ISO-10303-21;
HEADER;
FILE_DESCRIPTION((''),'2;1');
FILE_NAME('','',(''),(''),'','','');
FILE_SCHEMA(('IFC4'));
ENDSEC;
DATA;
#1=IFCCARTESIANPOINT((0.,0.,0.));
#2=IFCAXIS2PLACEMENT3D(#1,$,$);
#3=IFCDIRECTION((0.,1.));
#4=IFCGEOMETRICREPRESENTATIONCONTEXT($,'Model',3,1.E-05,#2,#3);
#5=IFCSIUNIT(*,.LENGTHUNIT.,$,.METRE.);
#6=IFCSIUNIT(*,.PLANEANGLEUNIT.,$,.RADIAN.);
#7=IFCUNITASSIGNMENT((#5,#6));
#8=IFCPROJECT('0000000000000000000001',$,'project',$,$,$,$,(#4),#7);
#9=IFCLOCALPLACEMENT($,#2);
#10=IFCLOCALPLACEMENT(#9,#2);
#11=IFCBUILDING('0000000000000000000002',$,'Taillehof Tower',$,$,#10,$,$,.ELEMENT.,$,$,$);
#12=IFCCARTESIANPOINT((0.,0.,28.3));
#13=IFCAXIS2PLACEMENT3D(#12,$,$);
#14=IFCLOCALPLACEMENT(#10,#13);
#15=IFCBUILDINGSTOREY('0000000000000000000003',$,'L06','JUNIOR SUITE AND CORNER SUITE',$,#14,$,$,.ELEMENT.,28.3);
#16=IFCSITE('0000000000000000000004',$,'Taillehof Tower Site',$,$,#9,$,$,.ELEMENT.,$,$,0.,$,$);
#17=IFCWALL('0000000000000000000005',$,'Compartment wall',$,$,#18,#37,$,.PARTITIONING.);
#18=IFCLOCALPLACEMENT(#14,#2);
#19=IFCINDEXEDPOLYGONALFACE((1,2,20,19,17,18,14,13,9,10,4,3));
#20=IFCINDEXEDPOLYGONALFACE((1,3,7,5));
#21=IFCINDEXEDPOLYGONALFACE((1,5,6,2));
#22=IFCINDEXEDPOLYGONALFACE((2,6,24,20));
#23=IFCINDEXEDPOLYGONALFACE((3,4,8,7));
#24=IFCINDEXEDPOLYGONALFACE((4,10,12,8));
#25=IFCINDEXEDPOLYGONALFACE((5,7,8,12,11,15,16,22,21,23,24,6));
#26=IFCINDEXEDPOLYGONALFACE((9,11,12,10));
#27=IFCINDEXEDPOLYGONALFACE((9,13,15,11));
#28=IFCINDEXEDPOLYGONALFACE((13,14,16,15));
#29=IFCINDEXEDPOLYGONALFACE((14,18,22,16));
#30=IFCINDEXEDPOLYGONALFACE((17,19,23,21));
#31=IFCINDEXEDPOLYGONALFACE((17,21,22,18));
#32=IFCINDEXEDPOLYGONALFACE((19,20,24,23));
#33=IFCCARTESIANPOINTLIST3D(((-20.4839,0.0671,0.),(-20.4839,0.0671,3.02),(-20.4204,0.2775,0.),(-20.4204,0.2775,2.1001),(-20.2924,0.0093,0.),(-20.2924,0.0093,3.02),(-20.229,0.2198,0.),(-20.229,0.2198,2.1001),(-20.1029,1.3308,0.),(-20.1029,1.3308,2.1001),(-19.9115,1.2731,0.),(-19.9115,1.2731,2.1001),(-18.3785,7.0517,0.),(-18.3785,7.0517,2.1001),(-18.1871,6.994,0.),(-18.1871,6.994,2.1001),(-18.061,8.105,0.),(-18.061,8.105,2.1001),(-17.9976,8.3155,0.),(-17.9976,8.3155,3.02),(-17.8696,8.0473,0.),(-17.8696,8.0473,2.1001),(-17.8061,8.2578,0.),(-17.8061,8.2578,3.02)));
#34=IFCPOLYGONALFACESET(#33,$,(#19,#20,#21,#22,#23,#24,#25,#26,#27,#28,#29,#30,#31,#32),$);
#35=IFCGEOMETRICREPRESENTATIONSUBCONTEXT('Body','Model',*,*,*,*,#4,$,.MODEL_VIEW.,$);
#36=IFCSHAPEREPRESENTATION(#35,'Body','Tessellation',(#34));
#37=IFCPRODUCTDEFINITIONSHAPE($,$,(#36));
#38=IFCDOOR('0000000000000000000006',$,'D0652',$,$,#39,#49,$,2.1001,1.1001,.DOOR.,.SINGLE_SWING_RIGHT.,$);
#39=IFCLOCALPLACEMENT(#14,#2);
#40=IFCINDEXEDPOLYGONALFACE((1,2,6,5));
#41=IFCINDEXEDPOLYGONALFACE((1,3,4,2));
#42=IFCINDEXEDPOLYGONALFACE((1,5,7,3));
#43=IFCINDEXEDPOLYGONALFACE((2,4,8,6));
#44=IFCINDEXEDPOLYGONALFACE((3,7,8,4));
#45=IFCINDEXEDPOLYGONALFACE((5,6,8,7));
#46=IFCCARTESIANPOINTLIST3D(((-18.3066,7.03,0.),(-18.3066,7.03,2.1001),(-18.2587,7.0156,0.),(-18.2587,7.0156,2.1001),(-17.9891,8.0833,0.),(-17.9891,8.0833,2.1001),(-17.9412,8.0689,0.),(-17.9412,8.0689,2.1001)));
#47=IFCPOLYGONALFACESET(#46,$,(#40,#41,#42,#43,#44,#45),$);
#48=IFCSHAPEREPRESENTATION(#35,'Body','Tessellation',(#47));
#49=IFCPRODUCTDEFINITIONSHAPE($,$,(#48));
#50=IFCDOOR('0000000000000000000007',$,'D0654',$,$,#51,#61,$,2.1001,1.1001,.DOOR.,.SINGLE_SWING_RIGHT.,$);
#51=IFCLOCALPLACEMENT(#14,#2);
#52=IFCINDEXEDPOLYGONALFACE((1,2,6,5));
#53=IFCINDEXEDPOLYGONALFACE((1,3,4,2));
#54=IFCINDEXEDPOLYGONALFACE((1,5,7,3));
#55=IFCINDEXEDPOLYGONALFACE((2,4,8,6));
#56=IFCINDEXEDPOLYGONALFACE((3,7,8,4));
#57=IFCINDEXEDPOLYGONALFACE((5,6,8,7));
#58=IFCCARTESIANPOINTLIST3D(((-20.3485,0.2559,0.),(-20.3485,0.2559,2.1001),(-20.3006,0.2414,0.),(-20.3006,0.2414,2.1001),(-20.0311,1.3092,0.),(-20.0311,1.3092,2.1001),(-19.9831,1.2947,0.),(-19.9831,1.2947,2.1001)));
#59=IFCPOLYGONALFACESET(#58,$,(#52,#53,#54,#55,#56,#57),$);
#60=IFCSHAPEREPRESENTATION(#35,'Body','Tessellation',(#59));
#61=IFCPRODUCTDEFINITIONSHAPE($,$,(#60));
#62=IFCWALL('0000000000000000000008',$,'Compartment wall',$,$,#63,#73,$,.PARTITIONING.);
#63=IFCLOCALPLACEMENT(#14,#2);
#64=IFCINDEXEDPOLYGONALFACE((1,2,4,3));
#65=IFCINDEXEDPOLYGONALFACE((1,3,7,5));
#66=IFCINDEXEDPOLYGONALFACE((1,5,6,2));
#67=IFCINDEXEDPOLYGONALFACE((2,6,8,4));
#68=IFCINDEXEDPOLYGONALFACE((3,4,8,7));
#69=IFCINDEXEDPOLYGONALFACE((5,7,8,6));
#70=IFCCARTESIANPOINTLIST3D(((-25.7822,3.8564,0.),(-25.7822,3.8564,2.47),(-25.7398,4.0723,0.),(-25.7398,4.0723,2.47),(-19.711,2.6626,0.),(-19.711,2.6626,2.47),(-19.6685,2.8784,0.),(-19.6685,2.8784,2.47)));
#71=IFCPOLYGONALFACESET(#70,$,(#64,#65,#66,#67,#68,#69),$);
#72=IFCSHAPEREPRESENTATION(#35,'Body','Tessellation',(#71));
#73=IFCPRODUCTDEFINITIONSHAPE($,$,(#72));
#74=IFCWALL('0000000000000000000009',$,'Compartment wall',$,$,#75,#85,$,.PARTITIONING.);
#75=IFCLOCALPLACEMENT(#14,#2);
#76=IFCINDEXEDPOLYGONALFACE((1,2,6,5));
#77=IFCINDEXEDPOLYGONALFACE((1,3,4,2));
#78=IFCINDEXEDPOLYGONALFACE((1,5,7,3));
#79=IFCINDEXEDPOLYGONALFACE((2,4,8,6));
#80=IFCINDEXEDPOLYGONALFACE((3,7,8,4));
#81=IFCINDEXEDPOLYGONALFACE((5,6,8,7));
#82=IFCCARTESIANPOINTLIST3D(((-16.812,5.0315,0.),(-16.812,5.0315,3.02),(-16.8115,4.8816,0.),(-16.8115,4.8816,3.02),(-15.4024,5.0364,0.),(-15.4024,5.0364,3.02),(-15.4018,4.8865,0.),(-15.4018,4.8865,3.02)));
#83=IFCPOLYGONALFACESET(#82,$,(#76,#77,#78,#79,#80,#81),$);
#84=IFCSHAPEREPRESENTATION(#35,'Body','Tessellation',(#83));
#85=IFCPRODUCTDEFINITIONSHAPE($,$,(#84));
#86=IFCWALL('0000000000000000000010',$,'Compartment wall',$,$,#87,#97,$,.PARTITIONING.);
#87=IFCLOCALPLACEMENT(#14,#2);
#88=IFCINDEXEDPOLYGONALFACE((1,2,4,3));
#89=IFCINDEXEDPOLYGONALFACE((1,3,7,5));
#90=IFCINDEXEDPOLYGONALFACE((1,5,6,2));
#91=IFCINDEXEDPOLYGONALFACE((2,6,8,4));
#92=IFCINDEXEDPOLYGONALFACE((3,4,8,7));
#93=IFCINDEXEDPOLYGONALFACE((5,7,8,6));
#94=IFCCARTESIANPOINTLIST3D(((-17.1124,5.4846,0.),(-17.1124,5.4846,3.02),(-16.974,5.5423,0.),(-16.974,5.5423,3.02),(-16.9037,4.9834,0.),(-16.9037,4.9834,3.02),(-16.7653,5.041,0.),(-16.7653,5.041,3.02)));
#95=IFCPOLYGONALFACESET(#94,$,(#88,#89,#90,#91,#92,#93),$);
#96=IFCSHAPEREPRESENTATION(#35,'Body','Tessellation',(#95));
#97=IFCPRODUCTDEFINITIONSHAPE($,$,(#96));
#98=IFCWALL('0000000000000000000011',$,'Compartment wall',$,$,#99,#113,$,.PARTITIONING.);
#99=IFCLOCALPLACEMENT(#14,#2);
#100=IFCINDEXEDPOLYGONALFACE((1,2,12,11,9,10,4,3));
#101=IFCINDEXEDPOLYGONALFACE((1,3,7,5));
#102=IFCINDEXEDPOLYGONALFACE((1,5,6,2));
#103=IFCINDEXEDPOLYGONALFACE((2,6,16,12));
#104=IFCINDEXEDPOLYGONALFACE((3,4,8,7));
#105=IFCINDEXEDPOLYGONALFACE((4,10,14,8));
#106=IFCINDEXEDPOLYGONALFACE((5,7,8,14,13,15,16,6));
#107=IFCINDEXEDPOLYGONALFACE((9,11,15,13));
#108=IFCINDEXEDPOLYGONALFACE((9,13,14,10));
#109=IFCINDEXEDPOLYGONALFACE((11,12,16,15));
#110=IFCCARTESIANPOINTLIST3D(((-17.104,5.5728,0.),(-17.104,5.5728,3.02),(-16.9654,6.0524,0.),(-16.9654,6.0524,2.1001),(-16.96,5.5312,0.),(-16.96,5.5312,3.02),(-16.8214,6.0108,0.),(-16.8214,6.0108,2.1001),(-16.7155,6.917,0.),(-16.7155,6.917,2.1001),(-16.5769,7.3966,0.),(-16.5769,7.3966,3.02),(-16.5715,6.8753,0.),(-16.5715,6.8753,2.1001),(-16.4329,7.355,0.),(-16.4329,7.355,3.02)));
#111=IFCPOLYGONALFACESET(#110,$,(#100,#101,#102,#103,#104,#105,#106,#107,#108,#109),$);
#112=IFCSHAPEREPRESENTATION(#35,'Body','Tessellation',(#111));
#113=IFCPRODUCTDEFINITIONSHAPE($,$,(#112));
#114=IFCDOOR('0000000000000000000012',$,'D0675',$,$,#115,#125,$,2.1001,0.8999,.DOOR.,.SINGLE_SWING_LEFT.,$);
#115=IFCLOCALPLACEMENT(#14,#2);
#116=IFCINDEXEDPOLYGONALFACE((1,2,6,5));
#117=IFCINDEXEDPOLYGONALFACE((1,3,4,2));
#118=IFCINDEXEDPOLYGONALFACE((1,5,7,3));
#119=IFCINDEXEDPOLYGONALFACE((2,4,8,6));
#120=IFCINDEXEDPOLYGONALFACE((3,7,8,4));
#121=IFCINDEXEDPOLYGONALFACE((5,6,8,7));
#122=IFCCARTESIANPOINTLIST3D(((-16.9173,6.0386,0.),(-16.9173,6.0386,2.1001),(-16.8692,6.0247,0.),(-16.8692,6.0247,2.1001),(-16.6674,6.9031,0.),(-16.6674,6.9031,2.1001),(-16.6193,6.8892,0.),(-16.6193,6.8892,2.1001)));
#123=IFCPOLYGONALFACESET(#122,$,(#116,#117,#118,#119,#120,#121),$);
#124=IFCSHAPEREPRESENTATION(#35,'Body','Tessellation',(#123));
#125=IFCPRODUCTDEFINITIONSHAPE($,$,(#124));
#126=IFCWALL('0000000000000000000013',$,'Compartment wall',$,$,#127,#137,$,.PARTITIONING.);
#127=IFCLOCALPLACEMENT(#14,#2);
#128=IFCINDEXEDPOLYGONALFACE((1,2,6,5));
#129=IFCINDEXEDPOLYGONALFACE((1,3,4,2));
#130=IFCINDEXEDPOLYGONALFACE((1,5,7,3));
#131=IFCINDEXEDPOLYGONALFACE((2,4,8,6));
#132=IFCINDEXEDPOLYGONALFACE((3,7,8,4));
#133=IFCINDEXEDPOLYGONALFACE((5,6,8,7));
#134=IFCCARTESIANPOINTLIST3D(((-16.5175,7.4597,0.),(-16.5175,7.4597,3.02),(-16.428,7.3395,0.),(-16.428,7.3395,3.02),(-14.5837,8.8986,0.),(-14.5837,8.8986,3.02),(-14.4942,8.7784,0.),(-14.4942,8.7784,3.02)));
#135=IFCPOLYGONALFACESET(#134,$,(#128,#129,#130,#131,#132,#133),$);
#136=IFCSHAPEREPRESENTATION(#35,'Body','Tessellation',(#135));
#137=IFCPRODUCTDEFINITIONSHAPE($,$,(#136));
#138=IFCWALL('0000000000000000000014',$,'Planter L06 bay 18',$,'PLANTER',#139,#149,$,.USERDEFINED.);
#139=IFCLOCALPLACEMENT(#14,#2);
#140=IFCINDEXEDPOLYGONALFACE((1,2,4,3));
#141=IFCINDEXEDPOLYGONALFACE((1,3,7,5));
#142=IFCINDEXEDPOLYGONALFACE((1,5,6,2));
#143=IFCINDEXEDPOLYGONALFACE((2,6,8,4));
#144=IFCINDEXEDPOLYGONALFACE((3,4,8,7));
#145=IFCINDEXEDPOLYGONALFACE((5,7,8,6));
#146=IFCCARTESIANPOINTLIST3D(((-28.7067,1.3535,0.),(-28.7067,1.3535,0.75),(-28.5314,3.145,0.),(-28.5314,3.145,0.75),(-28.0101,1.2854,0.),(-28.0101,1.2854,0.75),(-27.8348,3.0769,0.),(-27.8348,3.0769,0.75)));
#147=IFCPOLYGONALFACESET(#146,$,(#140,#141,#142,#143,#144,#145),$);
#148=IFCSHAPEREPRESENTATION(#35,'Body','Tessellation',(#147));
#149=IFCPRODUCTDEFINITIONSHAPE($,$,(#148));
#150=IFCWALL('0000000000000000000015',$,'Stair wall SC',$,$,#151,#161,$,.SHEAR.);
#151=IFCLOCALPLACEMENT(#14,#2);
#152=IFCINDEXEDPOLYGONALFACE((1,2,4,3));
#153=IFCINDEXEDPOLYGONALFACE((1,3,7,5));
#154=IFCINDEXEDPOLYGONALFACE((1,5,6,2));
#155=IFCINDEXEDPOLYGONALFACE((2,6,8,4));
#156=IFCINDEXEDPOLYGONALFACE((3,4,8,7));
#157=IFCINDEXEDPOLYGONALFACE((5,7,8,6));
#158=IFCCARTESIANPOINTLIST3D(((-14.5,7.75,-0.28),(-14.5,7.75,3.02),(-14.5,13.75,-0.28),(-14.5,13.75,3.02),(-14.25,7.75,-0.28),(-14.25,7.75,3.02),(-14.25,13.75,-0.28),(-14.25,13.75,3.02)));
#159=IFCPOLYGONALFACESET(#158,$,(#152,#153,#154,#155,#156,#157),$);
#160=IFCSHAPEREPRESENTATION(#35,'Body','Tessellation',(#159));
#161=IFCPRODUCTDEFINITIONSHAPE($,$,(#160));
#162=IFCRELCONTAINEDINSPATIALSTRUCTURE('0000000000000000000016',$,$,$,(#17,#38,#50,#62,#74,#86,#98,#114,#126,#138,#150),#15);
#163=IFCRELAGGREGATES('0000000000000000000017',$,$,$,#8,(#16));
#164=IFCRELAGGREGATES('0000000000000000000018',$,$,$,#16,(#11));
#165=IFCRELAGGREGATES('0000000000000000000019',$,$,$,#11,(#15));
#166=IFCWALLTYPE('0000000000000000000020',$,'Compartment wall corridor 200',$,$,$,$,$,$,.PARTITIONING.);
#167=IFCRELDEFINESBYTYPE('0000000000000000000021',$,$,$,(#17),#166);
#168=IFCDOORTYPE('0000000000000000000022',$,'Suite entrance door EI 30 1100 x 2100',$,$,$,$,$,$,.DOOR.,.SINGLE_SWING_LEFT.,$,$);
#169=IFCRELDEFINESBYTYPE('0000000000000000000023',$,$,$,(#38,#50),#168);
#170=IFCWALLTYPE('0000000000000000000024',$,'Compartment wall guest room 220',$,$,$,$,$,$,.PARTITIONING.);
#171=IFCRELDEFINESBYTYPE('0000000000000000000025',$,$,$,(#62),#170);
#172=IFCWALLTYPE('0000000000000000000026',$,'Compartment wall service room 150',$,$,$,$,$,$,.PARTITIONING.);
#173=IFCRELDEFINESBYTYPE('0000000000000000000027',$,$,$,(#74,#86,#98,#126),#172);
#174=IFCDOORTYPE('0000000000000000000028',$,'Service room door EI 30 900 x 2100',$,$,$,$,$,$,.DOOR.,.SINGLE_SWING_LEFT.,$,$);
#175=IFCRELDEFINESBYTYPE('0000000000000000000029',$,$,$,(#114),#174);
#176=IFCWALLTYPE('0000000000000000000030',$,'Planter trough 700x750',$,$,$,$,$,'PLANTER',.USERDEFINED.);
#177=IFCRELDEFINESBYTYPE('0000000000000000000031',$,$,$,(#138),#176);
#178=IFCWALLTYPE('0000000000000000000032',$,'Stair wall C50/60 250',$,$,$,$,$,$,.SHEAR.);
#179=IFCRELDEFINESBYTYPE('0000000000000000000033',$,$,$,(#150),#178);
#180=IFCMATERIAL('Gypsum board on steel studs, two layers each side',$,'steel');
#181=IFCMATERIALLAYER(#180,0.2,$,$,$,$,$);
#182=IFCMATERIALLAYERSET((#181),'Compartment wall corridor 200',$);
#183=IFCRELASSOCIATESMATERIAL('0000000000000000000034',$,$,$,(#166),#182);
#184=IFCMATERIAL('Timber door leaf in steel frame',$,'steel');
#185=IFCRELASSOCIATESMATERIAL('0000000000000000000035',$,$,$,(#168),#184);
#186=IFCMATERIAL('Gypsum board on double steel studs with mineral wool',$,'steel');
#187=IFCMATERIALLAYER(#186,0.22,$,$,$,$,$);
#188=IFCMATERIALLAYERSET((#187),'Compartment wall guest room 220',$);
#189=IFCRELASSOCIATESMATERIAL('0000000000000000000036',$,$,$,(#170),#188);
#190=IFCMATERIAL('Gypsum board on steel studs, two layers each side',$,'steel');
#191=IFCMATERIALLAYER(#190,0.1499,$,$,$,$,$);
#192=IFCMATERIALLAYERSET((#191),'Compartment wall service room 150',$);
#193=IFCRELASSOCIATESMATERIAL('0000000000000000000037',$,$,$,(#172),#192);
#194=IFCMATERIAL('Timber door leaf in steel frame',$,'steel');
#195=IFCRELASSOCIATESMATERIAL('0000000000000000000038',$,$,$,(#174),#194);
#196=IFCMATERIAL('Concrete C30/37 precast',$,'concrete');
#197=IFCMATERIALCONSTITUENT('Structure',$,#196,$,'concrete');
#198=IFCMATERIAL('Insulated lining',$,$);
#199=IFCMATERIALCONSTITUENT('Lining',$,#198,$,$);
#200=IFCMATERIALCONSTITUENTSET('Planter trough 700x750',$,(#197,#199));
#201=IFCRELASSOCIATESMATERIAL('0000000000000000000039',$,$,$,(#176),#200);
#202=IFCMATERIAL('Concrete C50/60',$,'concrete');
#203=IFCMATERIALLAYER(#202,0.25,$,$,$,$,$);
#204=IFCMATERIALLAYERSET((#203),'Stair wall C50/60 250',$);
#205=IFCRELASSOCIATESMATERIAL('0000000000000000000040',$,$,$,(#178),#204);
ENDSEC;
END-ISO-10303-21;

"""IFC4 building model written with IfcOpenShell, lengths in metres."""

from ifc_helpers import new_model, si_unit, direction, frame, frame_2d, origin, place, context, subcontext, project, spatial, rectangle, extrude, material, layer, layer_set, constituent, constituent_set, type_object, element, fill, save


model = new_model("IFC4")

# Units and contexts
model_context = context("Model", 3, precision=1e-05, world=origin(), true_north=direction((0.0, 1.0)))
body_context = subcontext(model_context, "Body", "Model", "MODEL_VIEW")
ifc_project = project(units=[si_unit("LENGTHUNIT", "METRE"), si_unit("PLANEANGLEUNIT", "RADIAN")], contexts=[model_context])

# Site, building, storey
site_placement = place(None, origin())
site = spatial("IfcSite", under=ifc_project, at=site_placement, Name="Taillehof Tower Site", CompositionType="ELEMENT", RefElevation=0.0)
building_placement = place(site_placement, origin())
building = spatial("IfcBuilding", under=site, at=building_placement, Name="Taillehof Tower", CompositionType="ELEMENT")
storey_placement = place(building_placement, frame((0.0, 0.0, 28.3)))
storey = spatial("IfcBuildingStorey", under=building, at=storey_placement, Name="L06", Description="JUNIOR SUITE AND CORNER SUITE", CompositionType="ELEMENT", Elevation=28.3)

# Shared definitions
ifc_material_1 = material(Name="Gypsum board on steel studs, two layers each side", Category="steel")
ifc_layer_1 = layer(ifc_material_1, 0.2)
ifc_layer_set_1 = layer_set([ifc_layer_1], Name="Compartment wall corridor 200")
wall_type_1 = type_object("IfcWallType", Name="Compartment wall corridor 200", PredefinedType="PARTITIONING", material=ifc_layer_set_1)

# Wall, openings, doors
wall_1_placement = place(storey_placement, frame((-20.3882, 0.0381, 0.0), z_axis=(0.0, 0.0, 1.0), x_axis=(0.288601, 0.95745, 0.0)))
wall_1 = element("IfcWall", 1, at=wall_1_placement, inside=storey, type_object=wall_type_1, Name="Compartment wall", PredefinedType="PARTITIONING", context=body_context, shape_type="SweptSolid", body=[
    extrude(rectangle(XDim=8.615, YDim=0.2, at=frame_2d((4.3076, 0.0))), origin(), (0.0, 0.0, 1.0), 3.02),
])
opening_1_placement = place(wall_1_placement, frame((7.2952, 0.0, 0.0)))
opening_1 = element("IfcOpeningElement", 2, at=opening_1_placement, cuts=wall_1, PredefinedType="OPENING", context=body_context, shape_type="SweptSolid", body=[
    extrude(rectangle(XDim=1.1001, YDim=2.1001, at=frame_2d((0.55, 1.05))), frame((0.0, 0.1099, 0.0), z_axis=(0.0, -1.0, 0.0), x_axis=(1.0, 0.0, 0.0)), (0.0, 0.0, 1.0), 0.22),
])
opening_2_placement = place(wall_1_placement, frame((0.22, 0.0, 0.0)))
opening_2 = element("IfcOpeningElement", 3, at=opening_2_placement, cuts=wall_1, PredefinedType="OPENING", context=body_context, shape_type="SweptSolid", body=[
    extrude(rectangle(XDim=1.1001, YDim=2.1001, at=frame_2d((0.55, 1.05))), frame((0.0, 0.1099, 0.0), z_axis=(0.0, -1.0, 0.0), x_axis=(1.0, 0.0, 0.0)), (0.0, 0.0, 1.0), 0.22),
])
ifc_material_2 = material(Name="Timber door leaf in steel frame", Category="steel")
door_type_1 = type_object("IfcDoorType", Name="Suite entrance door EI 30 1100 x 2100", OperationType="SINGLE_SWING_LEFT", PredefinedType="DOOR", material=ifc_material_2)
door_1_placement = place(opening_1_placement, origin())
door_1 = element("IfcDoor", 4, at=door_1_placement, inside=storey, type_object=door_type_1, Name="D0652", OperationType="SINGLE_SWING_RIGHT", OverallHeight=2.1001, OverallWidth=1.1001, PredefinedType="DOOR", context=body_context, shape_type="SweptSolid", body=[
    extrude(rectangle(XDim=1.1001, YDim=2.1001, at=frame_2d((0.55, 1.05))), frame((0.0, 0.0249, 0.0), z_axis=(0.0, -1.0, 0.0), x_axis=(1.0, 0.0, 0.0)), (0.0, 0.0, 1.0), 0.05),
])
fill(opening_1, door_1)
door_2_placement = place(opening_2_placement, origin())
door_2 = element("IfcDoor", 5, at=door_2_placement, inside=storey, type_object=door_type_1, Name="D0654", OperationType="SINGLE_SWING_RIGHT", OverallHeight=2.1001, OverallWidth=1.1001, PredefinedType="DOOR", context=body_context, shape_type="SweptSolid", body=[
    extrude(rectangle(XDim=1.1001, YDim=2.1001, at=frame_2d((0.55, 1.05))), frame((0.0, 0.0249, 0.0), z_axis=(0.0, -1.0, 0.0), x_axis=(1.0, 0.0, 0.0)), (0.0, 0.0, 1.0), 0.05),
])
fill(opening_2, door_2)

# Walls
ifc_material_3 = material(Name="Gypsum board on double steel studs with mineral wool", Category="steel")
ifc_layer_2 = layer(ifc_material_3, 0.22)
ifc_layer_set_2 = layer_set([ifc_layer_2], Name="Compartment wall guest room 220")
wall_type_2 = type_object("IfcWallType", Name="Compartment wall guest room 220", PredefinedType="PARTITIONING", material=ifc_layer_set_2)
wall_2_placement = place(storey_placement, frame((-25.761, 3.9644, 0.0), z_axis=(0.0, 0.0, 1.0), x_axis=(0.98121, -0.192943, 0.0)))
element("IfcWall", 6, at=wall_2_placement, inside=storey, type_object=wall_type_2, Name="Compartment wall", PredefinedType="PARTITIONING", context=body_context, shape_type="SweptSolid", body=[
    extrude(rectangle(XDim=6.1875, YDim=0.22, at=frame_2d((3.0938, 0.0))), origin(), (0.0, 0.0, 1.0), 2.47),
])
ifc_material_4 = material(Name="Gypsum board on steel studs, two layers each side", Category="steel")
ifc_layer_3 = layer(ifc_material_4, 0.1499)
ifc_layer_set_3 = layer_set([ifc_layer_3], Name="Compartment wall service room 150")
wall_type_3 = type_object("IfcWallType", Name="Compartment wall service room 150", PredefinedType="PARTITIONING", material=ifc_layer_set_3)
wall_3_placement = place(storey_placement, frame((-15.4021, 4.9614, 0.0), z_axis=(0.0, 0.0, 1.0), x_axis=(-0.999994, -0.003464, 0.0)))
element("IfcWall", 7, at=wall_3_placement, inside=storey, type_object=wall_type_3, Name="Compartment wall", PredefinedType="PARTITIONING", context=body_context, shape_type="SweptSolid", body=[
    extrude(rectangle(XDim=1.4097, YDim=0.1499, at=frame_2d((0.7048, 0.0))), origin(), (0.0, 0.0, 1.0), 3.02),
])
wall_4_placement = place(storey_placement, frame((-16.8345, 5.0122, 0.0), z_axis=(0.0, 0.0, 1.0), x_axis=(-0.384456, 0.923143, 0.0)))
element("IfcWall", 8, at=wall_4_placement, inside=storey, type_object=wall_type_3, Name="Compartment wall", PredefinedType="PARTITIONING", context=body_context, shape_type="SweptSolid", body=[
    extrude(rectangle(XDim=0.543, YDim=0.1499, at=frame_2d((0.2715, 0.0))), origin(), (0.0, 0.0, 1.0), 3.02),
])

# Wall, opening, door
wall_5_placement = place(storey_placement, frame((-17.032, 5.552, 0.0), z_axis=(0.0, 0.0, 1.0), x_axis=(0.277658, 0.96068, 0.0)))
wall_5 = element("IfcWall", 9, at=wall_5_placement, inside=storey, type_object=wall_type_3, Name="Compartment wall", PredefinedType="PARTITIONING", context=body_context, shape_type="SweptSolid", body=[
    extrude(rectangle(XDim=1.8984, YDim=0.1499, at=frame_2d((0.9492, 0.0))), origin(), (0.0, 0.0, 1.0), 3.02),
])
opening_3_placement = place(wall_5_placement, frame((0.4993, 0.0, 0.0)))
opening_3 = element("IfcOpeningElement", 10, at=opening_3_placement, cuts=wall_5, PredefinedType="OPENING", context=body_context, shape_type="SweptSolid", body=[
    extrude(rectangle(XDim=0.8999, YDim=2.1001, at=frame_2d((0.45, 1.05))), frame((0.0, 0.085, 0.0), z_axis=(0.0, -1.0, 0.0), x_axis=(1.0, 0.0, 0.0)), (0.0, 0.0, 1.0), 0.1699),
])
ifc_material_5 = material(Name="Timber door leaf in steel frame", Category="steel")
door_type_2 = type_object("IfcDoorType", Name="Service room door EI 30 900 x 2100", OperationType="SINGLE_SWING_LEFT", PredefinedType="DOOR", material=ifc_material_5)
door_3_placement = place(opening_3_placement, origin())
door_3 = element("IfcDoor", 11, at=door_3_placement, inside=storey, type_object=door_type_2, Name="D0675", OperationType="SINGLE_SWING_LEFT", OverallHeight=2.1001, OverallWidth=0.8999, PredefinedType="DOOR", context=body_context, shape_type="SweptSolid", body=[
    extrude(rectangle(XDim=0.8999, YDim=2.1001, at=frame_2d((0.45, 1.05))), frame((0.0, 0.0249, 0.0), z_axis=(0.0, -1.0, 0.0), x_axis=(1.0, 0.0, 0.0)), (0.0, 0.0, 1.0), 0.05),
])
fill(opening_3, door_3)

# Walls
wall_6_placement = place(storey_placement, frame((-16.4727, 7.3997, 0.0), z_axis=(0.0, 0.0, 1.0), x_axis=(0.802267, 0.596965, 0.0)))
element("IfcWall", 12, at=wall_6_placement, inside=storey, type_object=wall_type_3, Name="Compartment wall", PredefinedType="PARTITIONING", context=body_context, shape_type="SweptSolid", body=[
    extrude(rectangle(XDim=2.4104, YDim=0.1499, at=frame_2d((1.2051, 0.0))), origin(), (0.0, 0.0, 1.0), 3.02),
])
ifc_material_6 = material(Name="Concrete C30/37 precast", Category="concrete")
ifc_constituent_1 = constituent(ifc_material_6, Name="Structure", Category="concrete")
ifc_material_7 = material(Name="Insulated lining")
ifc_constituent_2 = constituent(ifc_material_7, Name="Lining")
ifc_constituent_set = constituent_set(constituents=[ifc_constituent_1, ifc_constituent_2], Name="Planter trough 700x750")
wall_type_4 = type_object("IfcWallType", Name="Planter trough 700x750", ElementType="PLANTER", PredefinedType="USERDEFINED", material=ifc_constituent_set)
wall_7_placement = place(storey_placement, frame((-28.1831, 3.1108, 0.0), z_axis=(0.0, 0.0, 1.0), x_axis=(-0.097382, -0.995247, 0.0)))
element("IfcWall", 13, at=wall_7_placement, inside=storey, type_object=wall_type_4, Name="Planter L06 bay 18", ObjectType="PLANTER", PredefinedType="USERDEFINED", context=body_context, shape_type="SweptSolid", body=[
    extrude(rectangle(XDim=1.8, YDim=0.7, at=frame_2d((0.8999, 0.0))), origin(), (0.0, 0.0, 1.0), 0.75),
])
ifc_material_8 = material(Name="Concrete C50/60", Category="concrete")
ifc_layer_4 = layer(ifc_material_8, 0.25)
ifc_layer_set_4 = layer_set([ifc_layer_4], Name="Stair wall C50/60 250")
wall_type_5 = type_object("IfcWallType", Name="Stair wall C50/60 250", PredefinedType="SHEAR", material=ifc_layer_set_4)
wall_8_placement = place(storey_placement, frame((-14.375, 7.75, -0.28), z_axis=(0.0, 0.0, 1.0), x_axis=(0.0, 1.0, 0.0)))
element("IfcWall", 14, at=wall_8_placement, inside=storey, type_object=wall_type_5, Name="Stair wall SC", PredefinedType="SHEAR", context=body_context, shape_type="SweptSolid", body=[
    extrude(rectangle(XDim=6.0, YDim=0.25, at=frame_2d((3.0, 0.0))), origin(), (0.0, 0.0, 1.0), 3.3),
])

save(model, "model.ifc")
